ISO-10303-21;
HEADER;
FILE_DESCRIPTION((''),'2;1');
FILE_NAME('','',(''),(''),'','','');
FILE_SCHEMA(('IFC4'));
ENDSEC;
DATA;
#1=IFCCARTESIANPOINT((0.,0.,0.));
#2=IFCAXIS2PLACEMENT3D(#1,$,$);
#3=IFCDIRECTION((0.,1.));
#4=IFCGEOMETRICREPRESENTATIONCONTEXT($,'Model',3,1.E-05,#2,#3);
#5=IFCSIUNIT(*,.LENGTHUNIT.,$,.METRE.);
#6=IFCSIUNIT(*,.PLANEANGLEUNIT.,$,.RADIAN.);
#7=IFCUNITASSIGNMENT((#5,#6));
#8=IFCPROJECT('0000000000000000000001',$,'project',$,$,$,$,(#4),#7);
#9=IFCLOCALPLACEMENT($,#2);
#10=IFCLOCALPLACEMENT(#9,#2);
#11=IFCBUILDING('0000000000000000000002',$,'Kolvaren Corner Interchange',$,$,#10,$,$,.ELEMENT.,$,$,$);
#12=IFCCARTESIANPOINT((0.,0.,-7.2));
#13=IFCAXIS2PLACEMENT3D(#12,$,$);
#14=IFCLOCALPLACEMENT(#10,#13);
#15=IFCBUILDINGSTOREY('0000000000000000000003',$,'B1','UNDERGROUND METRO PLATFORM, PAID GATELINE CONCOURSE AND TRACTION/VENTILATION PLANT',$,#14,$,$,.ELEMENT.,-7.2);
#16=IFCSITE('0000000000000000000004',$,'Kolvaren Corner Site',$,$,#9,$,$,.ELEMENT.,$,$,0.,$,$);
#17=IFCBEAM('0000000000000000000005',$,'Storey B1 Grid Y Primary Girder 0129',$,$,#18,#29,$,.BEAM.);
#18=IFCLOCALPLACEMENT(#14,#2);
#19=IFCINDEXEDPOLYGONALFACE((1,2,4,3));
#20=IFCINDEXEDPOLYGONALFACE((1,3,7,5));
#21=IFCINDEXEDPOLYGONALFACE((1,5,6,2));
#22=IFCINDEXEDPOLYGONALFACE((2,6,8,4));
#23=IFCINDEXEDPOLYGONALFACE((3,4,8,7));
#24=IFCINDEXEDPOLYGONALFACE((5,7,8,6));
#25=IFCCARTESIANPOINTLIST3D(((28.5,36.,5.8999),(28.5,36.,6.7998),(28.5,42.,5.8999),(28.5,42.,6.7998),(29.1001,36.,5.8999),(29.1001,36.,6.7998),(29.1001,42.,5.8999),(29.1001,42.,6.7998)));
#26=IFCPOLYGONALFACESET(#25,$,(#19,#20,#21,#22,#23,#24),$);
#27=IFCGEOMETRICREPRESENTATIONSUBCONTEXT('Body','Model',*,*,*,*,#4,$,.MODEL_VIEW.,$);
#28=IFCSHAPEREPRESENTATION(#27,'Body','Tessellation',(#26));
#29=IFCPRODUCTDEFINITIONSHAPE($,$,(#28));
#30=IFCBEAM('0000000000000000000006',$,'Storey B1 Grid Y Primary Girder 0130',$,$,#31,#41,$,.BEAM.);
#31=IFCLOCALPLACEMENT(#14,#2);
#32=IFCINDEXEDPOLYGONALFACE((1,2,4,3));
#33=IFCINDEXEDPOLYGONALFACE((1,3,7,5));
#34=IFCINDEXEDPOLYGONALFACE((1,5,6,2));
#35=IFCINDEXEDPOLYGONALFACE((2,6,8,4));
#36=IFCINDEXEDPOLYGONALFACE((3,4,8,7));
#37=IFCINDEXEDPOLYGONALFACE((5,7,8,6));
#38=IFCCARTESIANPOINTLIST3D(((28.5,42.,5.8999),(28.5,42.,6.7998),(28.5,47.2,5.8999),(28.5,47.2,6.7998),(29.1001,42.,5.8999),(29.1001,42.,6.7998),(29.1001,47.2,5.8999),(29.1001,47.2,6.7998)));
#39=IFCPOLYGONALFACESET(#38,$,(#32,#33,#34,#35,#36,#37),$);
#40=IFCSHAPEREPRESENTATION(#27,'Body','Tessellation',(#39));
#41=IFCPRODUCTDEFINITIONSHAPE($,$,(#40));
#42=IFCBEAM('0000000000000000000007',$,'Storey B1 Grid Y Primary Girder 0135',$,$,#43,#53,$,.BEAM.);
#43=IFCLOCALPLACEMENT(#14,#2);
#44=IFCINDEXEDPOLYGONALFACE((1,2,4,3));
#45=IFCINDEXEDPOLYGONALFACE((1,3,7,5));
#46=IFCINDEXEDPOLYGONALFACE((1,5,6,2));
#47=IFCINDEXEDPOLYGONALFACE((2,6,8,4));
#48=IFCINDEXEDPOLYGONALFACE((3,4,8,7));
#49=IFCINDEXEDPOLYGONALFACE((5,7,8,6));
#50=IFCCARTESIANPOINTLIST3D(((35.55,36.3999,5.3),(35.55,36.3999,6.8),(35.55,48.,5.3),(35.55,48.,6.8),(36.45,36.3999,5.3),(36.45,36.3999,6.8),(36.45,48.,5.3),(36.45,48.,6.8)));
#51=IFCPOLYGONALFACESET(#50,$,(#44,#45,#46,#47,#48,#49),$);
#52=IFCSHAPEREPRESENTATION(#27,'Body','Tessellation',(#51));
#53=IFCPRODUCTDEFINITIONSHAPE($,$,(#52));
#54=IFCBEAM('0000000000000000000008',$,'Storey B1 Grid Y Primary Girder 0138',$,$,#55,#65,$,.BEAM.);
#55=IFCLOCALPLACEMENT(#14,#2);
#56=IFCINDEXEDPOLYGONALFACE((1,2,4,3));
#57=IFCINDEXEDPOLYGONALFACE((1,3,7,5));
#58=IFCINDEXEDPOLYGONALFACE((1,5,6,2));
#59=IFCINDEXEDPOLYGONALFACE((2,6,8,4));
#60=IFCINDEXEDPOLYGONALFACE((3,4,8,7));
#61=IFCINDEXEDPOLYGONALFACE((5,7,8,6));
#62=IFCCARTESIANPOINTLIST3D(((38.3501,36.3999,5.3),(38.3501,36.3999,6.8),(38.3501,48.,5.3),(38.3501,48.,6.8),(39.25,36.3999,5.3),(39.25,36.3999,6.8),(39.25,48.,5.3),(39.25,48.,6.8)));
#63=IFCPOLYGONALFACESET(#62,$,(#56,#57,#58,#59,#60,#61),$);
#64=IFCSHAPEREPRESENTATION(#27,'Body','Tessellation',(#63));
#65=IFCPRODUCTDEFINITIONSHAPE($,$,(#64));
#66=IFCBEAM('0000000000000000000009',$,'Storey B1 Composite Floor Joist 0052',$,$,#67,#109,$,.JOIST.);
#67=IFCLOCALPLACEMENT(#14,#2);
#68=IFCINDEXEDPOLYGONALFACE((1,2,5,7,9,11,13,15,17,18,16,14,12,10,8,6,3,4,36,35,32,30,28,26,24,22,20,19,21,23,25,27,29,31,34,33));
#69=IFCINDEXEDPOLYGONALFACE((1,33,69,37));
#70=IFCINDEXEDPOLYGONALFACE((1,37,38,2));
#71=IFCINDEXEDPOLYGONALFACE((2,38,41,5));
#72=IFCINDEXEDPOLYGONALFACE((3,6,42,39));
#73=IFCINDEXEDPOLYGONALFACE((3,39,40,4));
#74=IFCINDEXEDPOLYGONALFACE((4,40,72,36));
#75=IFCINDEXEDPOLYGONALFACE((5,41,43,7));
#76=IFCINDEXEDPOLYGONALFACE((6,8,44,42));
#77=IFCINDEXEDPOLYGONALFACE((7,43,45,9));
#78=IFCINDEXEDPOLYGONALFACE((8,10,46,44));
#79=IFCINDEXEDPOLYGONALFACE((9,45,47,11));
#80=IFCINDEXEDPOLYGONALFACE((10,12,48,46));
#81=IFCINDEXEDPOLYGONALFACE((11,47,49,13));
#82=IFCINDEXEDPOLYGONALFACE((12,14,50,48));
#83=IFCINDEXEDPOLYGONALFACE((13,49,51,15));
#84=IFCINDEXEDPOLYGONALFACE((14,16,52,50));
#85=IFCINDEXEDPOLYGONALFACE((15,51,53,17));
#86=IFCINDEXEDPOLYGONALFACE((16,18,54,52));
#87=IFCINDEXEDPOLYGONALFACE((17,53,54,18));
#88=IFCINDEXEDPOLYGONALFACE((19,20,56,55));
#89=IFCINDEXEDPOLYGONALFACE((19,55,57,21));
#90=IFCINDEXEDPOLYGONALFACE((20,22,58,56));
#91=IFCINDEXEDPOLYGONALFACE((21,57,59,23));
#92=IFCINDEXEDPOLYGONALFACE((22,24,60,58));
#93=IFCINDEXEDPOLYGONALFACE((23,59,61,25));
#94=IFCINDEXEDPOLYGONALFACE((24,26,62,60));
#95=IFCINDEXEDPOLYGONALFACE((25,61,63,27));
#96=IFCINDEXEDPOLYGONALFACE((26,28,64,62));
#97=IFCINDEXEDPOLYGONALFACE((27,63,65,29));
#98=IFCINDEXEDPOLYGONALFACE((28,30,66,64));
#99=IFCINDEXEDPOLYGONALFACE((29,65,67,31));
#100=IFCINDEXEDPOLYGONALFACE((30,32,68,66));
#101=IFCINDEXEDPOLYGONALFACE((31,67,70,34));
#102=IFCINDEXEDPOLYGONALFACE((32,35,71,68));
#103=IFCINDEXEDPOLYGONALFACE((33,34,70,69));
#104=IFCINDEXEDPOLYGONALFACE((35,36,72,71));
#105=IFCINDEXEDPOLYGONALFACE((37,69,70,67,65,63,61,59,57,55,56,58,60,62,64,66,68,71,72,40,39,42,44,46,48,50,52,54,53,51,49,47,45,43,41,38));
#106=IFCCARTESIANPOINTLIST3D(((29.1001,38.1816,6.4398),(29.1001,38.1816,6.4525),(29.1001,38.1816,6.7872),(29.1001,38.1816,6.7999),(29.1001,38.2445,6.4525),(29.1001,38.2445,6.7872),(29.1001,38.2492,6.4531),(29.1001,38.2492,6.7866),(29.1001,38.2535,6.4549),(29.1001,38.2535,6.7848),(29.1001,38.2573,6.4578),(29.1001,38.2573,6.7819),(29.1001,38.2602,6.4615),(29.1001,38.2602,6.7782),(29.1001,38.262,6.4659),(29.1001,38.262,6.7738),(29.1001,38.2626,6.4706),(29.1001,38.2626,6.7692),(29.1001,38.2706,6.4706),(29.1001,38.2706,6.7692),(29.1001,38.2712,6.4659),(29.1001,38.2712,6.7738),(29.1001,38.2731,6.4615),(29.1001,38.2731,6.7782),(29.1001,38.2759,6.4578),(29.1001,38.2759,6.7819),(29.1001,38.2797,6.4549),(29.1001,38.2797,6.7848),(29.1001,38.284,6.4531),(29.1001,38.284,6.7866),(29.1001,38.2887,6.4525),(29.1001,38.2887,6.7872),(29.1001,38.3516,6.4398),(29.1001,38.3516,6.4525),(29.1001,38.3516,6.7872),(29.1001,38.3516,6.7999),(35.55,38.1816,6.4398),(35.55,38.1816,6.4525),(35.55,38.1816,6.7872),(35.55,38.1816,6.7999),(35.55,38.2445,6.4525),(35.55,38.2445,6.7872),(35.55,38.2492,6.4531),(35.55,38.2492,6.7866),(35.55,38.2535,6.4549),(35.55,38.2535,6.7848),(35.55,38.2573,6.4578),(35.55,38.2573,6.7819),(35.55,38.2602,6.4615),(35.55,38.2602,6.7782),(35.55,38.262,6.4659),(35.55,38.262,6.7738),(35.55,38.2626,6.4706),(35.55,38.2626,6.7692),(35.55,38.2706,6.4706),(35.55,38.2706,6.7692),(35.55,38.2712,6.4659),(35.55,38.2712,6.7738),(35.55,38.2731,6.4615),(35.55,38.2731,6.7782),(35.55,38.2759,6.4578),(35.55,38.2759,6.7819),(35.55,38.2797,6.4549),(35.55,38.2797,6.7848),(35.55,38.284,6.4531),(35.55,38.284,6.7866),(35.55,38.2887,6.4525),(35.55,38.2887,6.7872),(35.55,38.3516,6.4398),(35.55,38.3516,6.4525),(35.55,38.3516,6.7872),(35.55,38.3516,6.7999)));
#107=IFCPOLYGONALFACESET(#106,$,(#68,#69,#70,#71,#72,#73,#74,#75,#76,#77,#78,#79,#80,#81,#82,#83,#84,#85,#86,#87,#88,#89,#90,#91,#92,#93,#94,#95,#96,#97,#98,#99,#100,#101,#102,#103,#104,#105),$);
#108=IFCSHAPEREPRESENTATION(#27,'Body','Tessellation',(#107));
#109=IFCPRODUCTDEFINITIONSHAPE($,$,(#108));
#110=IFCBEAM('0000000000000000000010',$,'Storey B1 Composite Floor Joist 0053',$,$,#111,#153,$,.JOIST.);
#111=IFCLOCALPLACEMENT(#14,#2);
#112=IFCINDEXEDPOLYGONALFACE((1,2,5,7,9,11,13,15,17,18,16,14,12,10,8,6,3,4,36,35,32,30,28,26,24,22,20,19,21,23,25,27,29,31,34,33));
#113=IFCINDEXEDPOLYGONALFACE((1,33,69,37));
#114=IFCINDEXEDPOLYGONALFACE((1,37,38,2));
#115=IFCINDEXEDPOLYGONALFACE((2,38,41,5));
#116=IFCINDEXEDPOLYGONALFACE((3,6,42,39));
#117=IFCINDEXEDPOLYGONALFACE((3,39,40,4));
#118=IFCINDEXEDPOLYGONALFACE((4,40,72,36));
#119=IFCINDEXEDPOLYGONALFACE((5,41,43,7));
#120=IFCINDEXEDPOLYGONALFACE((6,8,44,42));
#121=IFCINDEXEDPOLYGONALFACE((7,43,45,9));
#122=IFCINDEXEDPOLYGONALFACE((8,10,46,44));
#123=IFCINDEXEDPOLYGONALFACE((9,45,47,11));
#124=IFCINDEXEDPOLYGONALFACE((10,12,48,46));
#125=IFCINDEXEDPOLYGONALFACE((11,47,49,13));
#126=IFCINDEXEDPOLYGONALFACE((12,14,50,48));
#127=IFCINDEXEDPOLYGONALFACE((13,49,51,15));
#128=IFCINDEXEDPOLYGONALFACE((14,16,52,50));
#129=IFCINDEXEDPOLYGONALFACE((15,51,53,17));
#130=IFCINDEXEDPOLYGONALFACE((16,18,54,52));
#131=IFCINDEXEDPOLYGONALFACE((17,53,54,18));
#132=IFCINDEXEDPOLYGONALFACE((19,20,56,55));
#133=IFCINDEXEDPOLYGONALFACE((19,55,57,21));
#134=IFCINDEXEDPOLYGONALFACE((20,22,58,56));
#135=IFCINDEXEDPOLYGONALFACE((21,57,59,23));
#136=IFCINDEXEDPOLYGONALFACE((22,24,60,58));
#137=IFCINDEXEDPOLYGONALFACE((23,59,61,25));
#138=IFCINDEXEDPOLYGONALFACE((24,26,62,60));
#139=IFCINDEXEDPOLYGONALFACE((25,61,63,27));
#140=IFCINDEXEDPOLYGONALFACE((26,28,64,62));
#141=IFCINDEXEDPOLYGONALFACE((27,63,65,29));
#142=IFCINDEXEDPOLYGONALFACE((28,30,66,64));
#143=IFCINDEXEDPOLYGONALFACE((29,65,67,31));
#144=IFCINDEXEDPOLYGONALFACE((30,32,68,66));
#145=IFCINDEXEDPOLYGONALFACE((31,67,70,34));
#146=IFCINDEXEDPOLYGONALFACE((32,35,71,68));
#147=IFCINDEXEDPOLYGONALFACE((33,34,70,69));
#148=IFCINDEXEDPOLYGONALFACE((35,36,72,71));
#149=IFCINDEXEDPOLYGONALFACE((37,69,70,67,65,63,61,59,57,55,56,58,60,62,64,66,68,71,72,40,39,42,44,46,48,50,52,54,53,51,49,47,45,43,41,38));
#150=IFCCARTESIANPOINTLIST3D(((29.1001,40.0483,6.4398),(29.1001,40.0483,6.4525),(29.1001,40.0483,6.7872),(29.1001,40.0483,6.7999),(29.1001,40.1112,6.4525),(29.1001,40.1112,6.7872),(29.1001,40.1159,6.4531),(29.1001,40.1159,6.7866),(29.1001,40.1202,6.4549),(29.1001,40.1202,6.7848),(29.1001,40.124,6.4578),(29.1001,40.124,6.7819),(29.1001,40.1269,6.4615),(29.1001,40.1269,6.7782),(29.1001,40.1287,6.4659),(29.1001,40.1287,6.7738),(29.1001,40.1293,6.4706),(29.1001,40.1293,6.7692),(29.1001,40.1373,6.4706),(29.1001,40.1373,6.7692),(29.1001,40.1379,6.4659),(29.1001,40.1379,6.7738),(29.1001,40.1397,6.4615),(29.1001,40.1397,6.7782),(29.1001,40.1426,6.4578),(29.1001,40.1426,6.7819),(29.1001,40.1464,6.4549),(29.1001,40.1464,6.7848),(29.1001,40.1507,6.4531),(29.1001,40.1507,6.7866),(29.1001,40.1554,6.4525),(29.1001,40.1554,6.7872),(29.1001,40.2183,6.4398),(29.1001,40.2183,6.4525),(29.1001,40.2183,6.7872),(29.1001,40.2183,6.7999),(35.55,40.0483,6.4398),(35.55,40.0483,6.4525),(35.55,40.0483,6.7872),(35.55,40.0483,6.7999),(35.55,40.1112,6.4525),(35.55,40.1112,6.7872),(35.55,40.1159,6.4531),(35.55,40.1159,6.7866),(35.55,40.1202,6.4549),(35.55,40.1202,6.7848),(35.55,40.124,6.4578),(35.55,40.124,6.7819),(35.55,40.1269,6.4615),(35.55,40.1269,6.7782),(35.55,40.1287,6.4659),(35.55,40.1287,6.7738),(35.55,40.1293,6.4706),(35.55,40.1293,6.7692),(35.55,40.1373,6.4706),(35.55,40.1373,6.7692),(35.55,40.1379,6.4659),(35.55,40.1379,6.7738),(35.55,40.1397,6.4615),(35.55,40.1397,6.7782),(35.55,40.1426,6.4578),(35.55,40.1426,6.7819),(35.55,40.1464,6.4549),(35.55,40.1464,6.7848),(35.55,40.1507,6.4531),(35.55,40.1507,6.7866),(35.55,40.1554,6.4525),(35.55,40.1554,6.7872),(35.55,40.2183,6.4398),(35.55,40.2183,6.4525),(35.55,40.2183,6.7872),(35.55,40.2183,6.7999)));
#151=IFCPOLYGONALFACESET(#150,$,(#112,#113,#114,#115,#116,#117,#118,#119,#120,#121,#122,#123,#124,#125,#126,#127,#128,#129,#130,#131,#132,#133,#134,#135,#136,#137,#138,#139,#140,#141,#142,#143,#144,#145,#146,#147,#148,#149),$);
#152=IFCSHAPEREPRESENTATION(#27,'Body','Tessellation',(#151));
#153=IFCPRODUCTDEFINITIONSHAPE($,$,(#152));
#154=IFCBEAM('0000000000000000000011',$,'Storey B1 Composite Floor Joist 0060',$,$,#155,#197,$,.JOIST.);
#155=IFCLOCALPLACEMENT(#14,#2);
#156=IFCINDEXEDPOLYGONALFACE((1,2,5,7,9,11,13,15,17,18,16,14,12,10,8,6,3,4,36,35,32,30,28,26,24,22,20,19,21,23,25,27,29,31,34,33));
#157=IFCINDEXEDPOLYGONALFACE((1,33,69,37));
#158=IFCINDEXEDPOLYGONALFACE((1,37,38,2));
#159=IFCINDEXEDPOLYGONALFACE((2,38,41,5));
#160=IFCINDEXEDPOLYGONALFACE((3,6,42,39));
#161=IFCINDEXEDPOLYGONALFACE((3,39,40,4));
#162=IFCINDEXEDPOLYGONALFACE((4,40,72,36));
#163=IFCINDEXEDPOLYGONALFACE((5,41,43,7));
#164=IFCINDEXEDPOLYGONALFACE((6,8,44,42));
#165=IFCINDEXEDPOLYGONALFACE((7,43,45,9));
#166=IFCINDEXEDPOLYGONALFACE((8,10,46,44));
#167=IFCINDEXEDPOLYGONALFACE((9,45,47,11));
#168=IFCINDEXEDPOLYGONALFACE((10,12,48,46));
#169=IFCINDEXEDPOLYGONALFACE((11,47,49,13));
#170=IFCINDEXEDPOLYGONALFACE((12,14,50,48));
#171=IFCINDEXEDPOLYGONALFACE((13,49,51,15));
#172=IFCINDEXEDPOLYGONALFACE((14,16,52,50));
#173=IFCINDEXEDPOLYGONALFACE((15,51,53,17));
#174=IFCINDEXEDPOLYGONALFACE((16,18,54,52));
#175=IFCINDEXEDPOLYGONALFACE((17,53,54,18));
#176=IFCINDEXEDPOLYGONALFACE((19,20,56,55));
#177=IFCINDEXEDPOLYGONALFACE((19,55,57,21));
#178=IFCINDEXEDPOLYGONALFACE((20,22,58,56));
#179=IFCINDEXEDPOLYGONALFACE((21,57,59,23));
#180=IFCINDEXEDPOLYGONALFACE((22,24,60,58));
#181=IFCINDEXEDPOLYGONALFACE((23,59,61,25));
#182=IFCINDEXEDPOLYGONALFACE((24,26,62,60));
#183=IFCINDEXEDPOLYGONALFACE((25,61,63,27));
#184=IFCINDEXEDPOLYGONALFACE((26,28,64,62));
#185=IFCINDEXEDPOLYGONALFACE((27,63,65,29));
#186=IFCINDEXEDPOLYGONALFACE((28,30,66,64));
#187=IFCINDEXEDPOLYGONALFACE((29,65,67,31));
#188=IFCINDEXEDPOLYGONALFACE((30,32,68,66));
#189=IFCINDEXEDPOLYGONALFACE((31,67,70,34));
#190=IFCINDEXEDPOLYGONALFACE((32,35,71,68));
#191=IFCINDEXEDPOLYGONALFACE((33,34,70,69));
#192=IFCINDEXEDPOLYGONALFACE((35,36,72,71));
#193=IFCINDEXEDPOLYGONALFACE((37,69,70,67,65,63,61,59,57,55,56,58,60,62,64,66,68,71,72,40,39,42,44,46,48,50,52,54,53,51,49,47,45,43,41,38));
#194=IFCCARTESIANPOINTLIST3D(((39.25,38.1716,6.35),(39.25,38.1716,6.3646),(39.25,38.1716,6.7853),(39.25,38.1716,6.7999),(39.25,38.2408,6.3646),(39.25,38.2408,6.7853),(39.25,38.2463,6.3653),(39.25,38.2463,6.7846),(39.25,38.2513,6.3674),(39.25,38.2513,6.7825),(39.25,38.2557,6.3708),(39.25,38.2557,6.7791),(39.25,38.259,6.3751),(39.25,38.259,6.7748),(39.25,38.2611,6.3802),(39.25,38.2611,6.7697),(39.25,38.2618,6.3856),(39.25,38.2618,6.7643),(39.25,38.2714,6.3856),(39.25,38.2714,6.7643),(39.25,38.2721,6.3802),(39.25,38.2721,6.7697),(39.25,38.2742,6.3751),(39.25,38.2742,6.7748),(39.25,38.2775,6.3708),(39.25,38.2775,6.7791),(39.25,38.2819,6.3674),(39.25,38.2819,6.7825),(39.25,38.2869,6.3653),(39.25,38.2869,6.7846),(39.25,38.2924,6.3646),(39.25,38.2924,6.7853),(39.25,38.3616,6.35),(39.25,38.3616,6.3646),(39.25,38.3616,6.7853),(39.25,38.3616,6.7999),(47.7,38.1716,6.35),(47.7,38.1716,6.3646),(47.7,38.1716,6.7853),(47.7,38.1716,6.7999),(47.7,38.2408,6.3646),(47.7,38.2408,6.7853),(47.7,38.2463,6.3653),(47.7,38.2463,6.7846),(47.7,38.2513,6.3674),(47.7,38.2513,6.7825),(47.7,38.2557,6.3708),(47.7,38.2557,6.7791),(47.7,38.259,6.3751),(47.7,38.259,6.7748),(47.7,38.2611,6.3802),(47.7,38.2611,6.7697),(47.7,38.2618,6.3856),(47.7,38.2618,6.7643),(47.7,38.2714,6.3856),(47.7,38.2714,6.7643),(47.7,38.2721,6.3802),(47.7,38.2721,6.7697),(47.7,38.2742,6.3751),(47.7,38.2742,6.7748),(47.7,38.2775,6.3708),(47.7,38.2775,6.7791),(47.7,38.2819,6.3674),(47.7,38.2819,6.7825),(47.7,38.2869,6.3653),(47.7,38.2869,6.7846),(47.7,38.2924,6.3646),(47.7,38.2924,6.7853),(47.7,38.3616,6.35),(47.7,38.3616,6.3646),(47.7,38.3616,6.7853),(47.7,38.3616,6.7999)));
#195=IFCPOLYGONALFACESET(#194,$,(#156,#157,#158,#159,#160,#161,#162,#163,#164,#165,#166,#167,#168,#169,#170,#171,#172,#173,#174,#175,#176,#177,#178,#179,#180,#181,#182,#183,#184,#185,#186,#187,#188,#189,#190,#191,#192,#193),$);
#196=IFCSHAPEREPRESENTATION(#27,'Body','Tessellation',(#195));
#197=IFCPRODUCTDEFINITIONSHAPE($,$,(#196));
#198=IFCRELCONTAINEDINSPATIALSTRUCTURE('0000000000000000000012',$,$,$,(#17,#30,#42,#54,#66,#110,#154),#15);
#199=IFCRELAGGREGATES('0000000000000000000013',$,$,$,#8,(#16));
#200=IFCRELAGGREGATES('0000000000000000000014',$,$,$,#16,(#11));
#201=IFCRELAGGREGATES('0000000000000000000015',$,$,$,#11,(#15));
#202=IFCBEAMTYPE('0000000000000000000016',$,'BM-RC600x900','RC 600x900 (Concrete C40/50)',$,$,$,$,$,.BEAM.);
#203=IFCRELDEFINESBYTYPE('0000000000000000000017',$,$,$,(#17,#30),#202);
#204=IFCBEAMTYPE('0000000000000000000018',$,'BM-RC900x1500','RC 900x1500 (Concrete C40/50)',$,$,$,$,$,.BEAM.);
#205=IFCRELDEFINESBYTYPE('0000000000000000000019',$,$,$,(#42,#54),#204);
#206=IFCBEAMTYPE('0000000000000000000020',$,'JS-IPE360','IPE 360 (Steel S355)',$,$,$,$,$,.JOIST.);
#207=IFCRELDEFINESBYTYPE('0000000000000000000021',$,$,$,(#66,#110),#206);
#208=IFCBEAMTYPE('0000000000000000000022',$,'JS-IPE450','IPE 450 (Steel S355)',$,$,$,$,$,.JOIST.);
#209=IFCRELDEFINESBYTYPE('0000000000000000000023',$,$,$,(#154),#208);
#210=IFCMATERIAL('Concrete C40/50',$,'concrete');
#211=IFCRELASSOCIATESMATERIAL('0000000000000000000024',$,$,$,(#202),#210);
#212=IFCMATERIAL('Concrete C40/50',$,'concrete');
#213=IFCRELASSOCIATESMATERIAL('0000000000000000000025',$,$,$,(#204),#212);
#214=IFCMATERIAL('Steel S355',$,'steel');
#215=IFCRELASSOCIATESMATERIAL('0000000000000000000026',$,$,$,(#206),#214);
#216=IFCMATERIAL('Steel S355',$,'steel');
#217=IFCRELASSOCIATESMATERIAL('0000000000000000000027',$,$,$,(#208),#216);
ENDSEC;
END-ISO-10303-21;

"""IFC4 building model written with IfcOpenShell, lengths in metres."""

from ifc_helpers import new_model, si_unit, direction, frame, origin, origin_2d, place, context, subcontext, project, spatial, rectangle, i_section, extrude, material, material_profile, profile_set, type_object, element, save


model = new_model("IFC4")

# Units and contexts
model_context = context("Model", 3, precision=1e-05, world=origin(), true_north=direction((0.0, 1.0)))
body_context = subcontext(model_context, "Body", "Model", "MODEL_VIEW")
ifc_project = project(units=[si_unit("LENGTHUNIT", "METRE"), si_unit("PLANEANGLEUNIT", "RADIAN")], contexts=[model_context])

# Site, building, storey
site_placement = place(None, origin())
site = spatial("IfcSite", under=ifc_project, at=site_placement, Name="Kolvaren Corner Site", CompositionType="ELEMENT", RefElevation=0.0)
building_placement = place(site_placement, origin())
building = spatial("IfcBuilding", under=site, at=building_placement, Name="Kolvaren Corner Interchange", CompositionType="ELEMENT")
storey_placement = place(building_placement, frame((0.0, 0.0, -7.2)))
storey = spatial("IfcBuildingStorey", under=building, at=storey_placement, Name="B1", Description="UNDERGROUND METRO PLATFORM, PAID GATELINE CONCOURSE AND TRACTION/VENTILATION PLANT", CompositionType="ELEMENT", Elevation=-7.2)

# Beams
ifc_material_1 = material(Name="Concrete C40/50", Category="concrete")
ifc_material_profile_1 = material_profile(ifc_material_1, rectangle(XDim=0.6001, YDim=0.8999, at=origin_2d()), Name="RC 600x900")
ifc_profile_set_1 = profile_set([ifc_material_profile_1], Name="Concrete C40/50")
beam_type_1 = type_object("IfcBeamType", Name="BM-RC600x900", Description="RC 600x900 (Concrete C40/50)", PredefinedType="BEAM", material=ifc_profile_set_1)
beam_1_placement = place(storey_placement, frame((28.8, 36.0, 6.3499), z_axis=(0.0, 1.0, 0.0), x_axis=(-1.0, 0.0, 0.0)))
element("IfcBeam", 1, at=beam_1_placement, inside=storey, type_object=beam_type_1, Name="Storey B1 Grid Y Primary Girder 0129", PredefinedType="BEAM", context=body_context, shape_type="SweptSolid", body=[
    extrude(rectangle(XDim=0.6001, YDim=0.8999, at=origin_2d()), origin(), (0.0, 0.0, 1.0), 6.0),
])
beam_2_placement = place(storey_placement, frame((28.8, 42.0, 6.3499), z_axis=(0.0, 1.0, 0.0), x_axis=(-1.0, 0.0, 0.0)))
element("IfcBeam", 2, at=beam_2_placement, inside=storey, type_object=beam_type_1, Name="Storey B1 Grid Y Primary Girder 0130", PredefinedType="BEAM", context=body_context, shape_type="SweptSolid", body=[
    extrude(rectangle(XDim=0.6001, YDim=0.8999, at=origin_2d()), origin(), (0.0, 0.0, 1.0), 5.2),
])
ifc_material_2 = material(Name="Concrete C40/50", Category="concrete")
ifc_material_profile_2 = material_profile(ifc_material_2, rectangle(XDim=0.8999, YDim=1.5, at=origin_2d()), Name="RC 900x1500")
ifc_profile_set_2 = profile_set([ifc_material_profile_2], Name="Concrete C40/50")
beam_type_2 = type_object("IfcBeamType", Name="BM-RC900x1500", Description="RC 900x1500 (Concrete C40/50)", PredefinedType="BEAM", material=ifc_profile_set_2)
for number, where, z_axis, x_axis, name in (
    (3, (36.0, 36.3999, 6.05), (0.0, 1.0, 0.0), (-1.0, 0.0, 0.0), "Storey B1 Grid Y Primary Girder 0135"),
    (4, (38.8, 36.3999, 6.05), (0.0, 1.0, 0.0), (-1.0, 0.0, 0.0), "Storey B1 Grid Y Primary Girder 0138"),
):
    element("IfcBeam", number, at=place(storey_placement, frame(where, z_axis=z_axis, x_axis=x_axis)), inside=storey, type_object=beam_type_2, Name=name, PredefinedType="BEAM", context=body_context, shape_type="SweptSolid", body=[
        extrude(rectangle(XDim=0.8999, YDim=1.5, at=origin_2d()), origin(), (0.0, 0.0, 1.0), 11.6001),
    ])
ifc_material_3 = material(Name="Steel S355", Category="steel")
ifc_material_profile_3 = material_profile(ifc_material_3, i_section(OverallWidth=0.1699, OverallDepth=0.3601, WebThickness=0.0081, FlangeThickness=0.0127, FilletRadius=0.0181, at=origin_2d()), Name="IPE 360")
ifc_profile_set_3 = profile_set([ifc_material_profile_3], Name="Steel S355")
beam_type_3 = type_object("IfcBeamType", Name="JS-IPE360", Description="IPE 360 (Steel S355)", PredefinedType="JOIST", material=ifc_profile_set_3)
for number, where, z_axis, x_axis, name in (
    (5, (29.1001, 38.2666, 6.6199), (1.0, 0.0, 0.0), (0.0, 1.0, 0.0), "Storey B1 Composite Floor Joist 0052"),
    (6, (29.1001, 40.1333, 6.6199), (1.0, 0.0, 0.0), (0.0, 1.0, 0.0), "Storey B1 Composite Floor Joist 0053"),
):
    element("IfcBeam", number, at=place(storey_placement, frame(where, z_axis=z_axis, x_axis=x_axis)), inside=storey, type_object=beam_type_3, Name=name, PredefinedType="JOIST", context=body_context, shape_type="SweptSolid", body=[
        extrude(i_section(OverallWidth=0.1699, OverallDepth=0.3601, WebThickness=0.0081, FlangeThickness=0.0127, FilletRadius=0.0181, at=origin_2d()), origin(), (0.0, 0.0, 1.0), 6.45),
    ])
ifc_material_4 = material(Name="Steel S355", Category="steel")
ifc_material_profile_4 = material_profile(ifc_material_4, i_section(OverallWidth=0.1899, OverallDepth=0.45, WebThickness=0.0095, FlangeThickness=0.0146, FilletRadius=0.021, at=origin_2d()), Name="IPE 450")
ifc_profile_set_4 = profile_set([ifc_material_profile_4], Name="Steel S355")
beam_type_4 = type_object("IfcBeamType", Name="JS-IPE450", Description="IPE 450 (Steel S355)", PredefinedType="JOIST", material=ifc_profile_set_4)
for number, where, z_axis, x_axis, name in (
    (7, (39.25, 38.2666, 6.575), (1.0, 0.0, 0.0), (0.0, 1.0, 0.0), "Storey B1 Composite Floor Joist 0060"),
):
    element("IfcBeam", number, at=place(storey_placement, frame(where, z_axis=z_axis, x_axis=x_axis)), inside=storey, type_object=beam_type_4, Name=name, PredefinedType="JOIST", context=body_context, shape_type="SweptSolid", body=[
        extrude(i_section(OverallWidth=0.1899, OverallDepth=0.45, WebThickness=0.0095, FlangeThickness=0.0146, FilletRadius=0.021, at=origin_2d()), origin(), (0.0, 0.0, 1.0), 8.45),
    ])

save(model, "model.ifc")
